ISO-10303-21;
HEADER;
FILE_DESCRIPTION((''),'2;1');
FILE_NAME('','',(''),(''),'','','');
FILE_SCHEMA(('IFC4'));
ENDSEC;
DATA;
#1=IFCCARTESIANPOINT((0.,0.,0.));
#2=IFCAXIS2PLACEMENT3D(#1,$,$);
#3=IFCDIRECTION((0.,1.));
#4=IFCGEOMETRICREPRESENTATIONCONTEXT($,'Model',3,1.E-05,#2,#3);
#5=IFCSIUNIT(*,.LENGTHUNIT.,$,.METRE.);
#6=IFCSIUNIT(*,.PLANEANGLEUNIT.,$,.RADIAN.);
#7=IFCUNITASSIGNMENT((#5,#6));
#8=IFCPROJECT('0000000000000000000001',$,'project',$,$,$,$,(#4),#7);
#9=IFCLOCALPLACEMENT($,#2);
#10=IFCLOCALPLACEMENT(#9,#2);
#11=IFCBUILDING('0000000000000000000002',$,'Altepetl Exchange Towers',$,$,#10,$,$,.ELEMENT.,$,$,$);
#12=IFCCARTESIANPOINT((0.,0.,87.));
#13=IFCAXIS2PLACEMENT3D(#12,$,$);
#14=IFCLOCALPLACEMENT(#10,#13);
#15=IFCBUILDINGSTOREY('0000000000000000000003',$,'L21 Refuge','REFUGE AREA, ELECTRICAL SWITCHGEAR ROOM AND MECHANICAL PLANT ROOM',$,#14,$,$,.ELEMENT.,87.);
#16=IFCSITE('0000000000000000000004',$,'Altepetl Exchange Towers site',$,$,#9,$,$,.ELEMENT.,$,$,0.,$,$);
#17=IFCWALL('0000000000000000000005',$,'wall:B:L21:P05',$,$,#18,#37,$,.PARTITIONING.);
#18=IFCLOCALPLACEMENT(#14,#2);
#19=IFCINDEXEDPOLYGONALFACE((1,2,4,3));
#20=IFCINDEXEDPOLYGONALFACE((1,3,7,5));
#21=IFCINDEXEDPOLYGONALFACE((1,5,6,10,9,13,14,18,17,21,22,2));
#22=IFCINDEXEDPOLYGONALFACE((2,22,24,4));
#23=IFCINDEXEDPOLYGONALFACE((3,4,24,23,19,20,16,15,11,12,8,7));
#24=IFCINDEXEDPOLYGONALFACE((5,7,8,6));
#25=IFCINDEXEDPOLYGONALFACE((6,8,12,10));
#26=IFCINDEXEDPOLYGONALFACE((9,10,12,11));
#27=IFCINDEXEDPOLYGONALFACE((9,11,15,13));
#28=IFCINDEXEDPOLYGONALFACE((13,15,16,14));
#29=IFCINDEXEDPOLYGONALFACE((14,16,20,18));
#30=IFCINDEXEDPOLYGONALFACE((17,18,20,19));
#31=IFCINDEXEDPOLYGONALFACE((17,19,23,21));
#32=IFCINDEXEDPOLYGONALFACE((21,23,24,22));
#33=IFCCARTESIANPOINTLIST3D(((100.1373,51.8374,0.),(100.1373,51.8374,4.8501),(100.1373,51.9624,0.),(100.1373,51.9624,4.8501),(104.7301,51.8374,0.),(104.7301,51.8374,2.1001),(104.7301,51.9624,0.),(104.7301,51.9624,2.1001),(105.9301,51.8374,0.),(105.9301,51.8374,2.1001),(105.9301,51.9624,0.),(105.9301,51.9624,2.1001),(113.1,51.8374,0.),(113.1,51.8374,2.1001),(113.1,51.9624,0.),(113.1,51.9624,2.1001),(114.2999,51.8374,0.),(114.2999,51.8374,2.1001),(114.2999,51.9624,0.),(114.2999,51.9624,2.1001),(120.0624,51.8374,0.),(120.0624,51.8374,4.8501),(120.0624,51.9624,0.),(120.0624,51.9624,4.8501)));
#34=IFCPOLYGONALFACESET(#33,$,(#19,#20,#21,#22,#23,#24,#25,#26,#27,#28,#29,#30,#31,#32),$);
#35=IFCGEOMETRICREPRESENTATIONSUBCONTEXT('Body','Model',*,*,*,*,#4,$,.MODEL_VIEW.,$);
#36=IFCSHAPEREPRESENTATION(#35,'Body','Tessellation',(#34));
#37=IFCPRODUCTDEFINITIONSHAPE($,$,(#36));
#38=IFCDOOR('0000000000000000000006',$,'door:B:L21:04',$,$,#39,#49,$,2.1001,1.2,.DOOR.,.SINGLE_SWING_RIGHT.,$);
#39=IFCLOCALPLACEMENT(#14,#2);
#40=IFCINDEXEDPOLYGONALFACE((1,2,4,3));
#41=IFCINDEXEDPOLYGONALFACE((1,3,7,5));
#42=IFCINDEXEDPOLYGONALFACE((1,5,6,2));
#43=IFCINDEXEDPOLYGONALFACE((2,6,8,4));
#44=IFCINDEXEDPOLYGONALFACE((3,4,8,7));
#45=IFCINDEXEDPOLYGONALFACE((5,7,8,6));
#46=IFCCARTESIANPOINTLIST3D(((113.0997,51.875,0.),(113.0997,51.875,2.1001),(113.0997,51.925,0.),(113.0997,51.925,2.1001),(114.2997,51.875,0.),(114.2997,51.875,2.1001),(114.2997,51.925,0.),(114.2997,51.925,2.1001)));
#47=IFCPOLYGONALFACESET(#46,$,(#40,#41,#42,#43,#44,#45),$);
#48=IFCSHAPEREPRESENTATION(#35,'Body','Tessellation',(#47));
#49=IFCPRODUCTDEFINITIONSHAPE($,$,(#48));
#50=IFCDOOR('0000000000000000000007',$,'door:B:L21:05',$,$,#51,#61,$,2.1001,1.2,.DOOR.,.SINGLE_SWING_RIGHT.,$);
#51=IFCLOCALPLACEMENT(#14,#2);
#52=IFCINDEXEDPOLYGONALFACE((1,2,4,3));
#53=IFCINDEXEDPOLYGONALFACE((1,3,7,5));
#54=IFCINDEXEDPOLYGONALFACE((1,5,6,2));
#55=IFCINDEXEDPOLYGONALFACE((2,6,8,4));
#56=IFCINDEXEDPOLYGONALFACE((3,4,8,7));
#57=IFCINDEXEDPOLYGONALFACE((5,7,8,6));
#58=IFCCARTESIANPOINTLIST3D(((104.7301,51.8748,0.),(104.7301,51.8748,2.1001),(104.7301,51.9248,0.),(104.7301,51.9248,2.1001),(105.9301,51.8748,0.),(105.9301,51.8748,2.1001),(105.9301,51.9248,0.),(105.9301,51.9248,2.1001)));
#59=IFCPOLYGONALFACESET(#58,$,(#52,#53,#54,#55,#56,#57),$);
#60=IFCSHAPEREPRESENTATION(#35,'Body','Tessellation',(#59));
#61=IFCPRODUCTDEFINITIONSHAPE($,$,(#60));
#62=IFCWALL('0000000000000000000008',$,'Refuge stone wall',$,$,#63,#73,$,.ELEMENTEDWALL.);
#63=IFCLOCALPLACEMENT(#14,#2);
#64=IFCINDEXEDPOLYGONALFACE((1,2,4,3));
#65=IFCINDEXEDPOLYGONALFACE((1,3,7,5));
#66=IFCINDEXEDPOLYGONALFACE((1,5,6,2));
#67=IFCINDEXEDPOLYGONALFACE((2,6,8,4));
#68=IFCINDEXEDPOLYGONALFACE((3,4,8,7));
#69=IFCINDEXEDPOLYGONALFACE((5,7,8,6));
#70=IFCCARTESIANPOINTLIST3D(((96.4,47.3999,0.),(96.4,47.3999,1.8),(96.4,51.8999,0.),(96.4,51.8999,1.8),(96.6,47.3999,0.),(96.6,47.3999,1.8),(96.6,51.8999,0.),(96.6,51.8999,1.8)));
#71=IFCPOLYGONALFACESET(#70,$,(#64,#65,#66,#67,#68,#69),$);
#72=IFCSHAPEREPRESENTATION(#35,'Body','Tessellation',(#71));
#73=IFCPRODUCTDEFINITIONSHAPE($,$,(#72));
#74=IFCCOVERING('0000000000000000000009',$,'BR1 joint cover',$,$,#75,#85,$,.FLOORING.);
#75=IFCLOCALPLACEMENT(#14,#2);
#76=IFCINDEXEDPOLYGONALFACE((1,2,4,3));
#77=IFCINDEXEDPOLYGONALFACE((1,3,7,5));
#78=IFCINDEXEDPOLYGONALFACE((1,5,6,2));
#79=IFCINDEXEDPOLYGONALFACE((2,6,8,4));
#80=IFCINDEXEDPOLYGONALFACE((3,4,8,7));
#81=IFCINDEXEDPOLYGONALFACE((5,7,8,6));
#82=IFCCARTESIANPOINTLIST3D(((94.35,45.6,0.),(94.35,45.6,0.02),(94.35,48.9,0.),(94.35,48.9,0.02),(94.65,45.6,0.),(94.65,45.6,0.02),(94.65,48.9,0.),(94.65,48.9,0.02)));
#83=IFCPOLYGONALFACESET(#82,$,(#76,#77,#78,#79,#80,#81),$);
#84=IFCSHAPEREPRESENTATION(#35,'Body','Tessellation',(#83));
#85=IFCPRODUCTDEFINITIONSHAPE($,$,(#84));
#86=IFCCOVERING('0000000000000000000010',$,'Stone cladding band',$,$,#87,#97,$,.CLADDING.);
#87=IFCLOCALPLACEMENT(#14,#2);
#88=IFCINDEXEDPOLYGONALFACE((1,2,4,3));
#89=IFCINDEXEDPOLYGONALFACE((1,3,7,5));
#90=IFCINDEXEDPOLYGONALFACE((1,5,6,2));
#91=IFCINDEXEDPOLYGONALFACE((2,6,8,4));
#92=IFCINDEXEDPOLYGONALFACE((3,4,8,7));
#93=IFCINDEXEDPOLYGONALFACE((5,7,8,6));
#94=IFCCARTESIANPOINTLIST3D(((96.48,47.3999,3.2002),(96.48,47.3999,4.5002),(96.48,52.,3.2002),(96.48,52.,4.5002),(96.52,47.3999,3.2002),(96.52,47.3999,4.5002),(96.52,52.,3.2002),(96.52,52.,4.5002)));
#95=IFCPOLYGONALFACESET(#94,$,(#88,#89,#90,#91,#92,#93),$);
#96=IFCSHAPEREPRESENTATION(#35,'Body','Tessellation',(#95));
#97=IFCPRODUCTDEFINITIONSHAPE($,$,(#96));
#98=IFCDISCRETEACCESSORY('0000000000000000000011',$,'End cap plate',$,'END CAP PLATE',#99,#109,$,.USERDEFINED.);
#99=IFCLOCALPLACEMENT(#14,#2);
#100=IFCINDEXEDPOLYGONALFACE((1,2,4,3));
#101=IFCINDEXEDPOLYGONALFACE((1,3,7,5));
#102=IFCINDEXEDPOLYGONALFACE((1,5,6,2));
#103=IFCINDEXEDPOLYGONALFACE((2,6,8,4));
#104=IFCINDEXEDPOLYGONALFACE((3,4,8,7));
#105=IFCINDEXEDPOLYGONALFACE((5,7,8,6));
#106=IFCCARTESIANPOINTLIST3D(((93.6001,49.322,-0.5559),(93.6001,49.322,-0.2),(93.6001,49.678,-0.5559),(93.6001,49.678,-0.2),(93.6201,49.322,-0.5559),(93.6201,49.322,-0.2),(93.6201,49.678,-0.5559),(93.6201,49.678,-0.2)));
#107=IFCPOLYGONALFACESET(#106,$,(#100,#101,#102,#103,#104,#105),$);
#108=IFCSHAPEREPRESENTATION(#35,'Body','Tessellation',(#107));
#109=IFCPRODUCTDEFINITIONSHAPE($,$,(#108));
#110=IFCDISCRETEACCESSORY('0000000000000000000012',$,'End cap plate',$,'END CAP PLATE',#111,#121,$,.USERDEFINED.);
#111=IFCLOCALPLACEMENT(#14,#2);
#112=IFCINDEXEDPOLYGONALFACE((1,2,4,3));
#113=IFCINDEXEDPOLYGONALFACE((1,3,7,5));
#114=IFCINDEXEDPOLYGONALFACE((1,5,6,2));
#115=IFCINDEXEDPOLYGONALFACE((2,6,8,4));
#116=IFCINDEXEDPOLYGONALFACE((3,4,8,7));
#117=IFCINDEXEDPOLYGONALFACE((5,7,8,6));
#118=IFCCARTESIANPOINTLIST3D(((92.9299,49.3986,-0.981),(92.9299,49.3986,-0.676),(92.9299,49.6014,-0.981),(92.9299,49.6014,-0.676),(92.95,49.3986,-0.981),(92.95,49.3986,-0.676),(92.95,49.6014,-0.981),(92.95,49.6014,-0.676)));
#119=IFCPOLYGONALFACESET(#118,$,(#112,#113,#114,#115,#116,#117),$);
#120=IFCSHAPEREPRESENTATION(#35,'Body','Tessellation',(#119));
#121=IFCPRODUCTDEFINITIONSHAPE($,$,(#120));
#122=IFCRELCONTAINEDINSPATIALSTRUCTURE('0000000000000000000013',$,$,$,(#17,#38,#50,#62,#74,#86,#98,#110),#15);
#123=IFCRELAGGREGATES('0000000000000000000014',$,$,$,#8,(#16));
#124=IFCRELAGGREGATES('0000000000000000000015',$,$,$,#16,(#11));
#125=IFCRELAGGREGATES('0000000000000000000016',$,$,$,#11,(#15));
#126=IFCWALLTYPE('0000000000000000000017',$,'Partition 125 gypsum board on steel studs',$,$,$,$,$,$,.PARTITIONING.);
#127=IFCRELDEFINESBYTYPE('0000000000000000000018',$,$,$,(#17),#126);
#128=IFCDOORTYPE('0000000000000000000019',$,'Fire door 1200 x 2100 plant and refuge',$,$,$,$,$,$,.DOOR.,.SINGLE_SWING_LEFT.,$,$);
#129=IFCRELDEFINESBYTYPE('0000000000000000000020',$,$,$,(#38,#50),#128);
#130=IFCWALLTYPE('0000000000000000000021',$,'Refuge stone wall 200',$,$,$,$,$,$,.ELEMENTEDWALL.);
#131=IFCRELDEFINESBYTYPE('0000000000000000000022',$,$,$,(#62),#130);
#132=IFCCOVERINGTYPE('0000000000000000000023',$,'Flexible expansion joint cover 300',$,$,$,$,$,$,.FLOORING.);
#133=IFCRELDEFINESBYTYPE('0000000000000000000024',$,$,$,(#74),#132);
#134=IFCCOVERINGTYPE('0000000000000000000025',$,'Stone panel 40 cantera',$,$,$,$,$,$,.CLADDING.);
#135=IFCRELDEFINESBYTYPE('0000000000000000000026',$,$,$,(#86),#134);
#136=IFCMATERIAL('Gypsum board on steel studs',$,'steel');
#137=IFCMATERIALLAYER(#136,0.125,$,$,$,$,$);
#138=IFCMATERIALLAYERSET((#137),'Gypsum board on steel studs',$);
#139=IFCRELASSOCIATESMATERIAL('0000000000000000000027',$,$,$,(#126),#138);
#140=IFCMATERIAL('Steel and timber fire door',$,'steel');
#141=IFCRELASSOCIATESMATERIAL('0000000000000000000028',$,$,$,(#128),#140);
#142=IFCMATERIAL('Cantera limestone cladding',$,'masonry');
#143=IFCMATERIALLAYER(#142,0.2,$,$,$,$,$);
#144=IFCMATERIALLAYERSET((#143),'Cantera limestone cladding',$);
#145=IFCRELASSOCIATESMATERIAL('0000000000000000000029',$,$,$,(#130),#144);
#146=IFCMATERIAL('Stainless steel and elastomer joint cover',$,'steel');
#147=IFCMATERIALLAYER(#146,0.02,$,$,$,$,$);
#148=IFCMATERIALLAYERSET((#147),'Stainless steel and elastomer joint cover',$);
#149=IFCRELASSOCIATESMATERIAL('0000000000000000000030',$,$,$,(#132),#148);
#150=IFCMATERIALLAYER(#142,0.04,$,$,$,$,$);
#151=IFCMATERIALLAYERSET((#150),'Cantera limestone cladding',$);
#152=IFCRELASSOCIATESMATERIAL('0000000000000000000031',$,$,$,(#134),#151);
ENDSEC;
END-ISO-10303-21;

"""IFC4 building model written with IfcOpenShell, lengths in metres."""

from ifc_helpers import new_model, si_unit, direction, frame, frame_2d, origin, origin_2d, place, context, subcontext, project, spatial, rectangle, extrude, material, layer, layer_set, type_object, element, fill, save


model = new_model("IFC4")

# Units and contexts
model_context = context("Model", 3, precision=1e-05, world=origin(), true_north=direction((0.0, 1.0)))
body_context = subcontext(model_context, "Body", "Model", "MODEL_VIEW")
ifc_project = project(units=[si_unit("LENGTHUNIT", "METRE"), si_unit("PLANEANGLEUNIT", "RADIAN")], contexts=[model_context])

# Site, building, storey
site_placement = place(None, origin())
site = spatial("IfcSite", under=ifc_project, at=site_placement, Name="Altepetl Exchange Towers site", CompositionType="ELEMENT", RefElevation=0.0)
building_placement = place(site_placement, origin())
building = spatial("IfcBuilding", under=site, at=building_placement, Name="Altepetl Exchange Towers", CompositionType="ELEMENT")
storey_placement = place(building_placement, frame((0.0, 0.0, 87.0)))
storey = spatial("IfcBuildingStorey", under=building, at=storey_placement, Name="L21 Refuge", Description="REFUGE AREA, ELECTRICAL SWITCHGEAR ROOM AND MECHANICAL PLANT ROOM", CompositionType="ELEMENT", Elevation=87.0)

# Wall, openings, doors
ifc_material_1 = material(Name="Gypsum board on steel studs", Category="steel")
ifc_layer_1 = layer(ifc_material_1, 0.125)
ifc_layer_set_1 = layer_set([ifc_layer_1], Name="Gypsum board on steel studs")
wall_type_1 = type_object("IfcWallType", Name="Partition 125 gypsum board on steel studs", PredefinedType="PARTITIONING", material=ifc_layer_set_1)
wall_1_placement = place(storey_placement, frame((100.1375, 51.8999, 0.0)))
wall_1 = element("IfcWall", 1, at=wall_1_placement, inside=storey, type_object=wall_type_1, Name="wall:B:L21:P05", PredefinedType="PARTITIONING", context=body_context, shape_type="SweptSolid", body=[
    extrude(rectangle(XDim=19.925, YDim=0.125, at=frame_2d((9.9624, 0.0))), origin(), (0.0, 0.0, 1.0), 4.8501),
])
opening_1_placement = place(wall_1_placement, frame((12.9624, 0.0, 0.0)))
opening_1 = element("IfcOpeningElement", 2, at=opening_1_placement, cuts=wall_1, PredefinedType="OPENING", context=body_context, shape_type="SweptSolid", body=[
    extrude(rectangle(XDim=1.2, YDim=2.1001, at=frame_2d((0.6001, 1.05))), frame((0.0, 0.0725, 0.0), z_axis=(0.0, -1.0, 0.0), x_axis=(1.0, 0.0, 0.0)), (0.0, 0.0, 1.0), 0.145),
])
opening_2_placement = place(wall_1_placement, frame((4.5925, 0.0, 0.0)))
opening_2 = element("IfcOpeningElement", 3, at=opening_2_placement, cuts=wall_1, PredefinedType="OPENING", context=body_context, shape_type="SweptSolid", body=[
    extrude(rectangle(XDim=1.2, YDim=2.1001, at=frame_2d((0.6001, 1.05))), frame((0.0, 0.0725, 0.0), z_axis=(0.0, -1.0, 0.0), x_axis=(1.0, 0.0, 0.0)), (0.0, 0.0, 1.0), 0.145),
])
ifc_material_2 = material(Name="Steel and timber fire door", Category="steel")
door_type_1 = type_object("IfcDoorType", Name="Fire door 1200 x 2100 plant and refuge", OperationType="SINGLE_SWING_LEFT", PredefinedType="DOOR", material=ifc_material_2)
door_1_placement = place(opening_1_placement, frame((1.2, 0.0, 0.0), x_axis=(-1.0, 0.0, 0.0)))
door_1 = element("IfcDoor", 4, at=door_1_placement, inside=storey, type_object=door_type_1, Name="door:B:L21:04", OperationType="SINGLE_SWING_RIGHT", OverallHeight=2.1001, OverallWidth=1.2, PredefinedType="DOOR", context=body_context, shape_type="SweptSolid", body=[
    extrude(rectangle(XDim=1.2, YDim=2.1001, at=frame_2d((0.6001, 1.05))), frame((0.0, 0.0249, 0.0), z_axis=(0.0, -1.0, 0.0), x_axis=(1.0, 0.0, 0.0)), (0.0, 0.0, 1.0), 0.05),
])
fill(opening_1, door_1)
door_2_placement = place(opening_2_placement, origin())
door_2 = element("IfcDoor", 5, at=door_2_placement, inside=storey, type_object=door_type_1, Name="door:B:L21:05", OperationType="SINGLE_SWING_RIGHT", OverallHeight=2.1001, OverallWidth=1.2, PredefinedType="DOOR", context=body_context, shape_type="SweptSolid", body=[
    extrude(rectangle(XDim=1.2, YDim=2.1001, at=frame_2d((0.6001, 1.05))), frame((0.0, 0.0249, 0.0), z_axis=(0.0, -1.0, 0.0), x_axis=(1.0, 0.0, 0.0)), (0.0, 0.0, 1.0), 0.05),
])
fill(opening_2, door_2)

# Wall
ifc_material_3 = material(Name="Cantera limestone cladding", Category="masonry")
ifc_layer_2 = layer(ifc_material_3, 0.2)
ifc_layer_set_2 = layer_set([ifc_layer_2], Name="Cantera limestone cladding")
wall_type_2 = type_object("IfcWallType", Name="Refuge stone wall 200", PredefinedType="ELEMENTEDWALL", material=ifc_layer_set_2)
wall_2_placement = place(storey_placement, frame((96.5, 51.8999, 0.0), z_axis=(0.0, 0.0, 1.0), x_axis=(0.0, -1.0, 0.0)))
element("IfcWall", 6, at=wall_2_placement, inside=storey, type_object=wall_type_2, Name="Refuge stone wall", PredefinedType="ELEMENTEDWALL", context=body_context, shape_type="SweptSolid", body=[
    extrude(rectangle(XDim=4.5, YDim=0.2, at=frame_2d((2.25, 0.0))), origin(), (0.0, 0.0, 1.0), 1.8),
])

# Coverings
ifc_material_4 = material(Name="Stainless steel and elastomer joint cover", Category="steel")
ifc_layer_3 = layer(ifc_material_4, 0.02)
ifc_layer_set_3 = layer_set([ifc_layer_3], Name="Stainless steel and elastomer joint cover")
covering_type_1 = type_object("IfcCoveringType", Name="Flexible expansion joint cover 300", PredefinedType="FLOORING", material=ifc_layer_set_3)
covering_1_placement = place(storey_placement, frame((94.5, 47.25, 0.0)))
element("IfcCovering", 7, at=covering_1_placement, inside=storey, type_object=covering_type_1, Name="BR1 joint cover", PredefinedType="FLOORING", context=body_context, shape_type="SweptSolid", body=[
    extrude(rectangle(XDim=0.3, YDim=3.3, at=origin_2d()), origin(), (0.0, 0.0, 1.0), 0.02),
])
ifc_layer_4 = layer(ifc_material_3, 0.04)
ifc_layer_set_4 = layer_set([ifc_layer_4], Name="Cantera limestone cladding")
covering_type_2 = type_object("IfcCoveringType", Name="Stone panel 40 cantera", PredefinedType="CLADDING", material=ifc_layer_set_4)
covering_2_placement = place(storey_placement, frame((96.5, 49.7, 3.2002), z_axis=(0.0, 0.0, 1.0), x_axis=(0.0, -1.0, 0.0)))
element("IfcCovering", 8, at=covering_2_placement, inside=storey, type_object=covering_type_2, Name="Stone cladding band", PredefinedType="CLADDING", context=body_context, shape_type="SweptSolid", body=[
    extrude(rectangle(XDim=4.6001, YDim=0.04, at=origin_2d()), origin(), (0.0, 0.0, 1.0), 1.3),
])

# Discrete accessories
discrete_accessory_1_placement = place(storey_placement, frame((93.6101, 49.5, -0.5559)))
element("IfcDiscreteAccessory", 9, at=discrete_accessory_1_placement, inside=storey, Name="End cap plate", ObjectType="END CAP PLATE", PredefinedType="USERDEFINED", context=body_context, shape_type="SweptSolid", body=[
    extrude(rectangle(XDim=0.02, YDim=0.356, at=origin_2d()), origin(), (0.0, 0.0, 1.0), 0.356),
])
discrete_accessory_2_placement = place(storey_placement, frame((92.9399, 49.5, -0.981), z_axis=(0.0, 0.0, 1.0), x_axis=(-1.0, 0.0, 0.0)))
element("IfcDiscreteAccessory", 10, at=discrete_accessory_2_placement, inside=storey, Name="End cap plate", ObjectType="END CAP PLATE", PredefinedType="USERDEFINED", context=body_context, shape_type="SweptSolid", body=[
    extrude(rectangle(XDim=0.02, YDim=0.2029, at=origin_2d()), origin(), (0.0, 0.0, 1.0), 0.3049),
])

save(model, "model.ifc")
